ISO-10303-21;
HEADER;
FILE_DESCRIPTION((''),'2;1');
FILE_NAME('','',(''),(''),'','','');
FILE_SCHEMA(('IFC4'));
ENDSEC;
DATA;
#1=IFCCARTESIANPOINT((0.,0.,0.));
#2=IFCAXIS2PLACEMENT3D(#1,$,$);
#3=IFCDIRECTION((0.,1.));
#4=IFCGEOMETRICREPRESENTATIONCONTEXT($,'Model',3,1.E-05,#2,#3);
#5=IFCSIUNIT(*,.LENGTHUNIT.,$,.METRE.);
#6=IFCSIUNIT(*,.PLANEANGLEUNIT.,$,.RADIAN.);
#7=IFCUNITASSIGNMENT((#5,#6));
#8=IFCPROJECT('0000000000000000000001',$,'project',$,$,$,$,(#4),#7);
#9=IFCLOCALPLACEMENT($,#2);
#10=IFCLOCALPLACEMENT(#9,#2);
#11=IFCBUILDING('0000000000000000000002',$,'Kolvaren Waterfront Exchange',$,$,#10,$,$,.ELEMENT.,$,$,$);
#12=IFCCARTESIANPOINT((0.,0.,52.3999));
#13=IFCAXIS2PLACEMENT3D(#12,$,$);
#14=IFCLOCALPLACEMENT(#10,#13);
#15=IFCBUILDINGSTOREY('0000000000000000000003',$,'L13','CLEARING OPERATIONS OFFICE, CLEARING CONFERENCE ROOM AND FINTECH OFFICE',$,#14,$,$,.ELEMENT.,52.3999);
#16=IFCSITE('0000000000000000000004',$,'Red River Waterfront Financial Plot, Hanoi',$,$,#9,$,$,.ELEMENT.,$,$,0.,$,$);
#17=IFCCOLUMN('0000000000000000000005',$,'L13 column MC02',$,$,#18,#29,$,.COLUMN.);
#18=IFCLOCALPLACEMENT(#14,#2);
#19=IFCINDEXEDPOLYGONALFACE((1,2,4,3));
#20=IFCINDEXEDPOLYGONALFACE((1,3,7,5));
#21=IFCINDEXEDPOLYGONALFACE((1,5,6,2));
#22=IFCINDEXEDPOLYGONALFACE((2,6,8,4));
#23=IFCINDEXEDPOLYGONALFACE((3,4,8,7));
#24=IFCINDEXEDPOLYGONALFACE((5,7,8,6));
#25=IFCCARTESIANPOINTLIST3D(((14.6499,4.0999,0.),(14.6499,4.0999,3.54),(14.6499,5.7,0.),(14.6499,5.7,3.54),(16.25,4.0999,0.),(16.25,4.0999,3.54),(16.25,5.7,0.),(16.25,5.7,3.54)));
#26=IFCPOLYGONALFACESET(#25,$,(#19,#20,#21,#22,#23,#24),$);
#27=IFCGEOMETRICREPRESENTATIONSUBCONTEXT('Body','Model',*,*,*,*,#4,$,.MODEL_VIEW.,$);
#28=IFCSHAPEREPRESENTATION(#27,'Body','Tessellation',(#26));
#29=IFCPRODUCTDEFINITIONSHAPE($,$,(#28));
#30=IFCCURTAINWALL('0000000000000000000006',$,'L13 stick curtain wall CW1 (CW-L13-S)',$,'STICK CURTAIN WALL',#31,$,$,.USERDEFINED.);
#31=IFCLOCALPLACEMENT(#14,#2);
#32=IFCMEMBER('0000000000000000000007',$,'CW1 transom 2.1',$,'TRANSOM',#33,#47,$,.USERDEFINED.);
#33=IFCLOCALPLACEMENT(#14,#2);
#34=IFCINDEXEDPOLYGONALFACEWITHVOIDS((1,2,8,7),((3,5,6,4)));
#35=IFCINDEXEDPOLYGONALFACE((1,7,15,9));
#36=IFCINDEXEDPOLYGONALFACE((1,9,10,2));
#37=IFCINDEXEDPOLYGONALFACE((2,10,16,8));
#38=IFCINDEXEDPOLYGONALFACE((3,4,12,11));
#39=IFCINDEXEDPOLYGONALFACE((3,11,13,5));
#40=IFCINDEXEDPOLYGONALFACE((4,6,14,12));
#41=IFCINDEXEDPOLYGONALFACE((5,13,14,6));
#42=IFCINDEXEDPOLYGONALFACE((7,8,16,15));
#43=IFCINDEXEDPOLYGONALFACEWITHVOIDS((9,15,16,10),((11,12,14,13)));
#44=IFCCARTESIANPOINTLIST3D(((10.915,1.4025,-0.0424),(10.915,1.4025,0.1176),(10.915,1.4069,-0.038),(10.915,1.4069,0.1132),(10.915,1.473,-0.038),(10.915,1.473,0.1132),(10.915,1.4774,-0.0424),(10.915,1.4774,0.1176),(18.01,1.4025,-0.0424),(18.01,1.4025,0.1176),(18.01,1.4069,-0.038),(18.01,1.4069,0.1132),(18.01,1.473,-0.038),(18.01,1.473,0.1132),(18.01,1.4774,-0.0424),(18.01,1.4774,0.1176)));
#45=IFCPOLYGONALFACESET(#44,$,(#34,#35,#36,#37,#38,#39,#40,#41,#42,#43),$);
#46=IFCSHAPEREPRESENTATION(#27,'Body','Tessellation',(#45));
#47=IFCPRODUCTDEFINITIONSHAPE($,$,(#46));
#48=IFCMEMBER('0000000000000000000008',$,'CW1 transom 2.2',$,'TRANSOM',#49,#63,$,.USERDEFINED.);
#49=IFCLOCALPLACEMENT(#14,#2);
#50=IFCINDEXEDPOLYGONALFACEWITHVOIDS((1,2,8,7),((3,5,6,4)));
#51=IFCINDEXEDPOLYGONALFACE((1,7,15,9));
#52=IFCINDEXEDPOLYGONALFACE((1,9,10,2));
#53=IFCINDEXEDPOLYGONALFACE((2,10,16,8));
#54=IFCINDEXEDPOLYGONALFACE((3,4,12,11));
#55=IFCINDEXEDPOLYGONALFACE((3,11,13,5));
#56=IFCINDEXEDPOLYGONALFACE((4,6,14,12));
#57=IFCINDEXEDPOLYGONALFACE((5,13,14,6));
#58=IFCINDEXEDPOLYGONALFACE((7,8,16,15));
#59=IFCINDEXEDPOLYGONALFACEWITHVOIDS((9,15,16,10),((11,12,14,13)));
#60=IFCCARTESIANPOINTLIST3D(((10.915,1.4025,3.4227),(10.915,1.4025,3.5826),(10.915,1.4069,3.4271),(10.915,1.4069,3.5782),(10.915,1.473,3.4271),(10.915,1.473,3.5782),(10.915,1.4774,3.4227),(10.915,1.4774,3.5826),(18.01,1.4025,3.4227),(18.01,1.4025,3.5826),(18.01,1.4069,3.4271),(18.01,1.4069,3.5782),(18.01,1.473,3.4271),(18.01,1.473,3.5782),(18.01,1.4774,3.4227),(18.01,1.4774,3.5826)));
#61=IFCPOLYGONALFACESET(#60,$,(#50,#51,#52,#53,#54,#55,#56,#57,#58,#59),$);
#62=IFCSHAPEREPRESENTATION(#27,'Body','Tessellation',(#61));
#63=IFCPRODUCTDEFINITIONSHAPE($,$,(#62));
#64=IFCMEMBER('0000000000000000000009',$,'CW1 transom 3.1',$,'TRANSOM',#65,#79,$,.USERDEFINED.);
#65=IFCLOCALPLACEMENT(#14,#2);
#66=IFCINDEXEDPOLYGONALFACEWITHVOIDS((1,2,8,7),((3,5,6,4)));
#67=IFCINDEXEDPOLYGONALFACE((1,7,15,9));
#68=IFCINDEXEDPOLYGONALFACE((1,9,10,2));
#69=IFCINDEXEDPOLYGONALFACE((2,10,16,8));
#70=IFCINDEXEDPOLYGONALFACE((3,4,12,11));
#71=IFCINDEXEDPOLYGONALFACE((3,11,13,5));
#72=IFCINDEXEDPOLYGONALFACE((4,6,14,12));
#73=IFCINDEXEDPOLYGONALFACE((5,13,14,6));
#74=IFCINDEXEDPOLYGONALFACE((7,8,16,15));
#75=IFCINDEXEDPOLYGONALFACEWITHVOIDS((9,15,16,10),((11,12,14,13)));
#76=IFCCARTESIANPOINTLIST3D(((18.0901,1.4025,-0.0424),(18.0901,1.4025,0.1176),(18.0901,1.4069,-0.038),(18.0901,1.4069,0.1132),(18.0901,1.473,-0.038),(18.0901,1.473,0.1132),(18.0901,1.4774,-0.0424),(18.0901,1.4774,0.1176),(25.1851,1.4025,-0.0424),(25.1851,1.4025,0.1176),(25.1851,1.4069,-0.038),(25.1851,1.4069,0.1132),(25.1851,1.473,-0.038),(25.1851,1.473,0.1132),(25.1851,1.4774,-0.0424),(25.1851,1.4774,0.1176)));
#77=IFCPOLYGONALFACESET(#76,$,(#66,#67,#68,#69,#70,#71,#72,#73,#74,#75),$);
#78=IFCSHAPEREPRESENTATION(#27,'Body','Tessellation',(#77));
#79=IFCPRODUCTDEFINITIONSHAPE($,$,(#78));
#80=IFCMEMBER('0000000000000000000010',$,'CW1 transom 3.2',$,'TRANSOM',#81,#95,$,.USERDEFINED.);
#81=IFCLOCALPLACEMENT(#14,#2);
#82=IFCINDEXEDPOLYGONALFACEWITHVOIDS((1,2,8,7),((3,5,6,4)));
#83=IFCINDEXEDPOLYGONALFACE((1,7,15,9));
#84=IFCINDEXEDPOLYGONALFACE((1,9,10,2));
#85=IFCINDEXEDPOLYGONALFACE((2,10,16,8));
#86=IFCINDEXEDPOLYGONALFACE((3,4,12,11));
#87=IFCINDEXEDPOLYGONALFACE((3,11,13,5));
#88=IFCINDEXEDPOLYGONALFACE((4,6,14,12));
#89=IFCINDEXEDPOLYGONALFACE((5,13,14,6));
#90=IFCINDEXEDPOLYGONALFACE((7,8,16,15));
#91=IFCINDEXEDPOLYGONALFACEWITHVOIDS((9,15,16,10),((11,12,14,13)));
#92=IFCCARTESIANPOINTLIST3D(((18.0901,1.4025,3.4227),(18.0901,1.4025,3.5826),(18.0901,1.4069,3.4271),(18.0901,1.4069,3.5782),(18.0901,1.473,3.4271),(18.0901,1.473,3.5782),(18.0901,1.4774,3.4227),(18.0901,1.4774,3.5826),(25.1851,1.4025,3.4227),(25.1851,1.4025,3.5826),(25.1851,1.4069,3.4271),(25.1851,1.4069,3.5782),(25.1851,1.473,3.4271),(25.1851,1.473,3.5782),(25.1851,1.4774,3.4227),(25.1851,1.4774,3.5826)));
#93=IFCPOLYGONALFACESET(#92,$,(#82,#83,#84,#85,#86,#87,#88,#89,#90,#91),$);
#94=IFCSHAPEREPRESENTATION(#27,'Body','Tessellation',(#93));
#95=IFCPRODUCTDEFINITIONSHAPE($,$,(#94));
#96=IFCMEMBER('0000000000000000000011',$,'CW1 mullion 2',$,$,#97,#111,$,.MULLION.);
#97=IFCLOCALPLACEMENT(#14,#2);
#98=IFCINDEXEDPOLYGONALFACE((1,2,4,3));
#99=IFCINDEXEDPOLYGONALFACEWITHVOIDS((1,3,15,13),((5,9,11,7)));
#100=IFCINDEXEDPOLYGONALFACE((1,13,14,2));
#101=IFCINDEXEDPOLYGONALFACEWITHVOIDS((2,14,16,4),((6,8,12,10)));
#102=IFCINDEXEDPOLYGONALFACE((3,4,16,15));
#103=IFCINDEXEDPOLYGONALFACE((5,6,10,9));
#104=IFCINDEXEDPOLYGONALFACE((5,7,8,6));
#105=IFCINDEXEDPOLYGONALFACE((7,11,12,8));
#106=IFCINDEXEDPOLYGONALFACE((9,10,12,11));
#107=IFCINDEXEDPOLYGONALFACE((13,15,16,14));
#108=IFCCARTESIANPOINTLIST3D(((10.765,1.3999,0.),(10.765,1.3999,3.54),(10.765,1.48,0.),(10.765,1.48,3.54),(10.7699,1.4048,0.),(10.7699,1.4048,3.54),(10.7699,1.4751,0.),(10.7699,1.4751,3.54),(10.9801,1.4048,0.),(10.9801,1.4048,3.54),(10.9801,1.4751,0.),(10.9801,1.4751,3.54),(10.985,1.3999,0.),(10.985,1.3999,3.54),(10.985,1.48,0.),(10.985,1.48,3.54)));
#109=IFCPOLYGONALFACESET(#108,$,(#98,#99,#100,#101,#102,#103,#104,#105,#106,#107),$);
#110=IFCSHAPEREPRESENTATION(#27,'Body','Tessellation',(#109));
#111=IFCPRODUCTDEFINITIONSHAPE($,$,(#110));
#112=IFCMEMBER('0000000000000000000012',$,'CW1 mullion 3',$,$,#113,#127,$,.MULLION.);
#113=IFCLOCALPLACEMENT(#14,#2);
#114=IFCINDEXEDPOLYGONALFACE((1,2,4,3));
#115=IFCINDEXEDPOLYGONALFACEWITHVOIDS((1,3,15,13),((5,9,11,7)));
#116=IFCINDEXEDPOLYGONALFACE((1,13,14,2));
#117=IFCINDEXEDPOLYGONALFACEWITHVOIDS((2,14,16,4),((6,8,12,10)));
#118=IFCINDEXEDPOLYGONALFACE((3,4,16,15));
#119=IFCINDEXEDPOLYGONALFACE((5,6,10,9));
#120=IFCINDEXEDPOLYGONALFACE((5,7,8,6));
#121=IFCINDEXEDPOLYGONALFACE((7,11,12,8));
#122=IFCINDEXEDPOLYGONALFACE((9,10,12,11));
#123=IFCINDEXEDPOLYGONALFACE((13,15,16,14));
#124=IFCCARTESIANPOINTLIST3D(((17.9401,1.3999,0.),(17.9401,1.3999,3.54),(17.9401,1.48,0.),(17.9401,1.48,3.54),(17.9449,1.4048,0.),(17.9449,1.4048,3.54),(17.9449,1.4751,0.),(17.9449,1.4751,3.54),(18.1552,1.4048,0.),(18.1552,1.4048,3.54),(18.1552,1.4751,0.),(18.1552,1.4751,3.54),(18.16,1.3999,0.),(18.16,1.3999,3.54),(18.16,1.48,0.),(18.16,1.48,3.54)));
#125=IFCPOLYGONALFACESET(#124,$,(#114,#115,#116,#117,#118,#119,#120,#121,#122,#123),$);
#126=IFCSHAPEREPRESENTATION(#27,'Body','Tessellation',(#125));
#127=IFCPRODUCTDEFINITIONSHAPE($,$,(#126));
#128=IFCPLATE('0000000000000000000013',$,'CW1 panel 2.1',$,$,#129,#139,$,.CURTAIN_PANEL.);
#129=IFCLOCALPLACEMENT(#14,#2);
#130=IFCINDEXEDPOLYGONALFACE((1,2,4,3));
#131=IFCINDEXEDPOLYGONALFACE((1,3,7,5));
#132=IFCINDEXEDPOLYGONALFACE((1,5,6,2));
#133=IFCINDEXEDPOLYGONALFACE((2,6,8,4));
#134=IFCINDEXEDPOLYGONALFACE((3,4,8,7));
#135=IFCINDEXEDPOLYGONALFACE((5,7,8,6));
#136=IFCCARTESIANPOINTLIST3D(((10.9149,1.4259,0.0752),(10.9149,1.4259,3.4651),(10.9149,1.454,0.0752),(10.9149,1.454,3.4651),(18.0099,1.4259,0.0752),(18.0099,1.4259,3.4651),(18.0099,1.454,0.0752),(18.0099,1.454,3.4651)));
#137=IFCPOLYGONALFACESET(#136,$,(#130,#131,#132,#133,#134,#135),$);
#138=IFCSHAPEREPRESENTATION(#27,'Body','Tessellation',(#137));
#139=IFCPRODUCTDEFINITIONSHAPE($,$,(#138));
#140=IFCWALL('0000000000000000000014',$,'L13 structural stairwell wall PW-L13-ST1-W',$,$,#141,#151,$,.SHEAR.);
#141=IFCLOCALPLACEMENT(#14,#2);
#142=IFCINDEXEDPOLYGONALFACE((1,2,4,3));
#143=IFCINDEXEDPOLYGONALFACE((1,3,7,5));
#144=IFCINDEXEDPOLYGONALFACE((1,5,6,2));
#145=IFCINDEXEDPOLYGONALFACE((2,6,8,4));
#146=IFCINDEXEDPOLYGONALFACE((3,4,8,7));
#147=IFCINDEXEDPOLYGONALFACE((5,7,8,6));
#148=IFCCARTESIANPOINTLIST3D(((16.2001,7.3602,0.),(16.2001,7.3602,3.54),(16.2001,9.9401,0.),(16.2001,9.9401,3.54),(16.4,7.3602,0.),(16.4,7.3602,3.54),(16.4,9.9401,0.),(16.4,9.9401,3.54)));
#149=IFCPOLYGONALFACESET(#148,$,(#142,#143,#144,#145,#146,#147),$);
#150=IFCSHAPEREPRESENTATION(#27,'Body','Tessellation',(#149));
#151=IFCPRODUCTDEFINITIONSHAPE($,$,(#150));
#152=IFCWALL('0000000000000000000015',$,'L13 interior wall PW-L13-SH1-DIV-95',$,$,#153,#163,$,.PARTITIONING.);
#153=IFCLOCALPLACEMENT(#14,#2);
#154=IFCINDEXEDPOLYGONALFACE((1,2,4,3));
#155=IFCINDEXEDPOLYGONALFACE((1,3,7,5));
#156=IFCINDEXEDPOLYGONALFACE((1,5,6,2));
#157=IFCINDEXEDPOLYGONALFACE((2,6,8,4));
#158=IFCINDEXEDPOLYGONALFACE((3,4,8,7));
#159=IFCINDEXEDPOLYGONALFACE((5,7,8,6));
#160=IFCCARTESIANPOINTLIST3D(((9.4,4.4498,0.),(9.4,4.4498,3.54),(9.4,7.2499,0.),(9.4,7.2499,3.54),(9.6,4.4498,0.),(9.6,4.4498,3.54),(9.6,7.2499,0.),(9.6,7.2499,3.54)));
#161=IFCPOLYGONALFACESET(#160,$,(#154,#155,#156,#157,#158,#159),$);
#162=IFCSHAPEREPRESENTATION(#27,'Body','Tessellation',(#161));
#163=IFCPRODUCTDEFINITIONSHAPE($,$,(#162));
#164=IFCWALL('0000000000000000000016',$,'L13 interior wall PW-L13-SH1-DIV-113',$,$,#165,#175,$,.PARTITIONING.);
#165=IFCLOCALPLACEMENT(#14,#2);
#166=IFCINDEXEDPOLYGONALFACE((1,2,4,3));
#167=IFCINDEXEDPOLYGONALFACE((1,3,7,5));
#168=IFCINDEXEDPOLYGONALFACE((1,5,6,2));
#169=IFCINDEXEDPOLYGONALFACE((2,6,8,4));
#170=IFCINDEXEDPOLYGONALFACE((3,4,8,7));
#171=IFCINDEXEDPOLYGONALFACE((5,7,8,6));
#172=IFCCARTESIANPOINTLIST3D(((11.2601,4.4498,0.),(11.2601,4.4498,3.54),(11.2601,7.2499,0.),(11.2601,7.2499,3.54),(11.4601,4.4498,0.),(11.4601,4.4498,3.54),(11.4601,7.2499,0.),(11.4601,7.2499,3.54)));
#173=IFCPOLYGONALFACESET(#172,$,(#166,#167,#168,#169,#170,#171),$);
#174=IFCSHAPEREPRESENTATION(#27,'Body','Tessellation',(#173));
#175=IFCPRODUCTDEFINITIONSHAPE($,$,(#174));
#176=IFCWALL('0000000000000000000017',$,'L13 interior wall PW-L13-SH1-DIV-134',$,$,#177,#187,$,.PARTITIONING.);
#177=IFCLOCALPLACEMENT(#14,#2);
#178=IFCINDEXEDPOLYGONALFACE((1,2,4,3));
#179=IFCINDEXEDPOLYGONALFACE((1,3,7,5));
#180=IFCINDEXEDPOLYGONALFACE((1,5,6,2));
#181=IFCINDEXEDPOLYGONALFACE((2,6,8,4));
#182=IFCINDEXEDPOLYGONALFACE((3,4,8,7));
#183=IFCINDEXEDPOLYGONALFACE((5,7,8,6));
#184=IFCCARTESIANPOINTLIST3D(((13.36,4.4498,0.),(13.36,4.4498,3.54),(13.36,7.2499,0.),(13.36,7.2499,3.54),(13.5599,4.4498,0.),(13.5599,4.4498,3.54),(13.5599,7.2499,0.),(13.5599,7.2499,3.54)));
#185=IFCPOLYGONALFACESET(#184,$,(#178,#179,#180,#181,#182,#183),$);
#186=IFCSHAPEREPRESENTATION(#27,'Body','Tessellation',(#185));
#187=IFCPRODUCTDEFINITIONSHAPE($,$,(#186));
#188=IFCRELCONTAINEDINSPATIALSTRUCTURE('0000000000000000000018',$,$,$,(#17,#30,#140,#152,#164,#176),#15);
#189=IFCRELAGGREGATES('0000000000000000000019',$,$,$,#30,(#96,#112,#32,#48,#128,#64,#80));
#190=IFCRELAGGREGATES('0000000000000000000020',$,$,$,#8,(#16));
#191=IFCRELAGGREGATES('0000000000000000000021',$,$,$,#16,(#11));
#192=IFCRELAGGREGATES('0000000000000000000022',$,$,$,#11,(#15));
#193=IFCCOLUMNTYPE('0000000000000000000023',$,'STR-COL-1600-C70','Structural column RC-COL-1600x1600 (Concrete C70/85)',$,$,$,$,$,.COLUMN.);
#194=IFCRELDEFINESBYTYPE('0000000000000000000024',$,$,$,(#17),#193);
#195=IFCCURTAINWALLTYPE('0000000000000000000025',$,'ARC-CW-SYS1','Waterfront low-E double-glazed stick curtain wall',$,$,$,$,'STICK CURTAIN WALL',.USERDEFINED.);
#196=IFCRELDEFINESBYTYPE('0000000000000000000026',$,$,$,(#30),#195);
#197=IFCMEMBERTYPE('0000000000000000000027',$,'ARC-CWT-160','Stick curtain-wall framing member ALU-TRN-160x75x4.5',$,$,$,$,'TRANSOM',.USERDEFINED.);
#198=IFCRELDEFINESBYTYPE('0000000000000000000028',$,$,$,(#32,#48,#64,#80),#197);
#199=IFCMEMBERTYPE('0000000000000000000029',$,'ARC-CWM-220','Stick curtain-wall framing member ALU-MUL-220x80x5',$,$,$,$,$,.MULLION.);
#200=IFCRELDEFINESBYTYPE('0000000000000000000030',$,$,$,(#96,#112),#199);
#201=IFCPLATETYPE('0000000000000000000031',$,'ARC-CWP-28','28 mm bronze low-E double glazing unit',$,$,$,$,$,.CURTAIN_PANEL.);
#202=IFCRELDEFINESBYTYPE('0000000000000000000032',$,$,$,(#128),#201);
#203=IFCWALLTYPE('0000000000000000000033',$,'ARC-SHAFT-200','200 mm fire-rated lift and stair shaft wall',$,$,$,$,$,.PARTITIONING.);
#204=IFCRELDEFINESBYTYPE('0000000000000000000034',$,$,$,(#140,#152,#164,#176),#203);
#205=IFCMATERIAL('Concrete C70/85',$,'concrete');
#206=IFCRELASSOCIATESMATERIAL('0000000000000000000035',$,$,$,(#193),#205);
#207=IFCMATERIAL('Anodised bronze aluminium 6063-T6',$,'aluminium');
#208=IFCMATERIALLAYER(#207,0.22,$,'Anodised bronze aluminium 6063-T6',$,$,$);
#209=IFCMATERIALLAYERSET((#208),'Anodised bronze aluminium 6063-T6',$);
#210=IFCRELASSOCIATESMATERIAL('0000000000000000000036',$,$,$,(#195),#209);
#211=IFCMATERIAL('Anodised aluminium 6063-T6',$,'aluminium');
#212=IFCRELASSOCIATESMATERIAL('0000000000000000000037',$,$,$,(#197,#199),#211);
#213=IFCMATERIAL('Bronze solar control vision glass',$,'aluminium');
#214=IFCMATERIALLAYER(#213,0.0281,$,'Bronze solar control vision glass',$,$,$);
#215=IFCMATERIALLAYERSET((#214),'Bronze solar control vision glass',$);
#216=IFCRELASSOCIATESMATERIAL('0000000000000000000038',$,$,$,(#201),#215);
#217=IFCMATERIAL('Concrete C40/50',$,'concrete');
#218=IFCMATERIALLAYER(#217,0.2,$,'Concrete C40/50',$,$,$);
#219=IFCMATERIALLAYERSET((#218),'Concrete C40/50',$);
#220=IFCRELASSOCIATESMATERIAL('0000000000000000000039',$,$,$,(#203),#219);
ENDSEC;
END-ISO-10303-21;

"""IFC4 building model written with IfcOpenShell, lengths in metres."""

from ifc_helpers import new_model, si_unit, direction, frame, frame_2d, origin, origin_with_axes, origin_2d, place, context, subcontext, project, spatial, rectangle, hollow_rectangle, extrude, source, transform, mapped, material, layer, layer_set, material_profile, profile_set, type_object, element, aggregate, save


model = new_model("IFC4")

# Units and contexts
model_context = context("Model", 3, precision=1e-05, world=origin(), true_north=direction((0.0, 1.0)))
body_context = subcontext(model_context, "Body", "Model", "MODEL_VIEW")
ifc_project = project(units=[si_unit("LENGTHUNIT", "METRE"), si_unit("PLANEANGLEUNIT", "RADIAN")], contexts=[model_context])

# Site, building, storey
site_placement = place(None, origin())
site = spatial("IfcSite", under=ifc_project, at=site_placement, Name="Red River Waterfront Financial Plot, Hanoi", CompositionType="ELEMENT", RefElevation=0.0)
building_placement = place(site_placement, origin())
building = spatial("IfcBuilding", under=site, at=building_placement, Name="Kolvaren Waterfront Exchange", CompositionType="ELEMENT")
storey_placement = place(building_placement, frame((0.0, 0.0, 52.3999)))
storey = spatial("IfcBuildingStorey", under=building, at=storey_placement, Name="L13", Description="CLEARING OPERATIONS OFFICE, CLEARING CONFERENCE ROOM AND FINTECH OFFICE", CompositionType="ELEMENT", Elevation=52.3999)

# Column
ifc_material_1 = material(Name="Concrete C70/85", Category="concrete")
ifc_material_profile_1 = material_profile(ifc_material_1, rectangle(XDim=1.6001, YDim=1.6001, at=origin_2d()), Name="RC-COL-1600x1600")
ifc_profile_set_1 = profile_set([ifc_material_profile_1], Name="Concrete C70/85")
column_type = type_object("IfcColumnType", Name="STR-COL-1600-C70", Description="Structural column RC-COL-1600x1600 (Concrete C70/85)", PredefinedType="COLUMN", material=ifc_profile_set_1)
column_placement = place(storey_placement, frame((15.45, 4.8999, 0.0), z_axis=(0.0, 0.0, 1.0), x_axis=(1.0, 0.0, 0.0)))
element("IfcColumn", 1, at=column_placement, inside=storey, type_object=column_type, Name="L13 column MC02", PredefinedType="COLUMN", context=body_context, shape_type="SweptSolid", body=[
    extrude(rectangle(XDim=1.6001, YDim=1.6001, at=origin_2d()), origin(), (0.0, 0.0, 1.0), 3.54),
])

# Curtain wall, members, plate
ifc_material_2 = material(Name="Anodised bronze aluminium 6063-T6", Category="aluminium")
ifc_layer_1 = layer(ifc_material_2, 0.22, Name="Anodised bronze aluminium 6063-T6")
ifc_layer_set_1 = layer_set([ifc_layer_1], Name="Anodised bronze aluminium 6063-T6")
curtain_wall_type = type_object("IfcCurtainWallType", Name="ARC-CW-SYS1", Description="Waterfront low-E double-glazed stick curtain wall", ElementType="STICK CURTAIN WALL", PredefinedType="USERDEFINED", material=ifc_layer_set_1)
curtain_wall_placement = place(storey_placement, origin())
curtain_wall = element("IfcCurtainWall", 2, at=curtain_wall_placement, inside=storey, type_object=curtain_wall_type, Name="L13 stick curtain wall CW1 (CW-L13-S)", ObjectType="STICK CURTAIN WALL", PredefinedType="USERDEFINED")
ifc_material_3 = material(Name="Anodised aluminium 6063-T6", Category="aluminium")
ifc_material_profile_2 = material_profile(ifc_material_3, hollow_rectangle(XDim=0.075, YDim=0.1599, WallThickness=0.0044, at=origin_2d()), Name="ALU-TRN-160x75x4.5")
ifc_profile_set_2 = profile_set([ifc_material_profile_2], Name="Anodised aluminium 6063-T6")
member_type_1 = type_object("IfcMemberType", Name="ARC-CWT-160", Description="Stick curtain-wall framing member ALU-TRN-160x75x4.5", ElementType="TRANSOM", PredefinedType="USERDEFINED", material=ifc_profile_set_2)
shared_shape_1 = source(origin_with_axes(), body_context, "Body", "SweptSolid", [
    extrude(hollow_rectangle(XDim=0.075, YDim=0.1599, WallThickness=0.0044, at=origin_2d()), origin(), (0.0, 0.0, 1.0), 7.095),
])
member_1_placement = place(storey_placement, frame((10.915, 1.4399, 0.0376), z_axis=(1.0, 0.0, 0.0), x_axis=(0.0, 1.0, 0.0)))
member_1 = element("IfcMember", 3, at=member_1_placement, type_object=member_type_1, Name="CW1 transom 2.1", ObjectType="TRANSOM", PredefinedType="USERDEFINED", context=body_context, shape_type="MappedRepresentation", body=[
    mapped(shared_shape_1, transform((0.0, 0.0, 0.0), x_axis=(1.0, 0.0, 0.0), y_axis=(0.0, 1.0, 0.0), z_axis=(0.0, 0.0, 1.0), scale=1.0)),
])
member_2_placement = place(storey_placement, frame((10.915, 1.4399, 3.5027), z_axis=(1.0, 0.0, 0.0), x_axis=(0.0, 1.0, 0.0)))
member_2 = element("IfcMember", 4, at=member_2_placement, type_object=member_type_1, Name="CW1 transom 2.2", ObjectType="TRANSOM", PredefinedType="USERDEFINED", context=body_context, shape_type="MappedRepresentation", body=[
    mapped(shared_shape_1, transform((0.0, 0.0, 0.0), x_axis=(1.0, 0.0, 0.0), y_axis=(0.0, 1.0, 0.0), z_axis=(0.0, 0.0, 1.0), scale=1.0)),
])
member_3_placement = place(storey_placement, frame((18.0901, 1.4399, 0.0376), z_axis=(1.0, 0.0, 0.0), x_axis=(0.0, 1.0, 0.0)))
member_3 = element("IfcMember", 5, at=member_3_placement, type_object=member_type_1, Name="CW1 transom 3.1", ObjectType="TRANSOM", PredefinedType="USERDEFINED", context=body_context, shape_type="MappedRepresentation", body=[
    mapped(shared_shape_1, transform((0.0, 0.0, 0.0), x_axis=(1.0, 0.0, 0.0), y_axis=(0.0, 1.0, 0.0), z_axis=(0.0, 0.0, 1.0), scale=1.0)),
])
member_4_placement = place(storey_placement, frame((18.0901, 1.4399, 3.5027), z_axis=(1.0, 0.0, 0.0), x_axis=(0.0, 1.0, 0.0)))
member_4 = element("IfcMember", 6, at=member_4_placement, type_object=member_type_1, Name="CW1 transom 3.2", ObjectType="TRANSOM", PredefinedType="USERDEFINED", context=body_context, shape_type="MappedRepresentation", body=[
    mapped(shared_shape_1, transform((0.0, 0.0, 0.0), x_axis=(1.0, 0.0, 0.0), y_axis=(0.0, 1.0, 0.0), z_axis=(0.0, 0.0, 1.0), scale=1.0)),
])
ifc_material_profile_3 = material_profile(ifc_material_3, hollow_rectangle(XDim=0.0801, YDim=0.22, WallThickness=0.0049, at=origin_2d()), Name="ALU-MUL-220x80x5")
ifc_profile_set_3 = profile_set([ifc_material_profile_3], Name="Anodised aluminium 6063-T6")
member_type_2 = type_object("IfcMemberType", Name="ARC-CWM-220", Description="Stick curtain-wall framing member ALU-MUL-220x80x5", PredefinedType="MULLION", material=ifc_profile_set_3)
shared_shape_2 = source(origin_with_axes(), body_context, "Body", "SweptSolid", [
    extrude(hollow_rectangle(XDim=0.0801, YDim=0.22, WallThickness=0.0049, at=origin_2d()), origin(), (0.0, 0.0, 1.0), 3.54),
])
member_5_placement = place(storey_placement, frame((10.875, 1.4399, 0.0), z_axis=(0.0, 0.0, 1.0), x_axis=(0.0, 1.0, 0.0)))
member_5 = element("IfcMember", 7, at=member_5_placement, type_object=member_type_2, Name="CW1 mullion 2", PredefinedType="MULLION", context=body_context, shape_type="MappedRepresentation", body=[
    mapped(shared_shape_2, transform((0.0, 0.0, 0.0), x_axis=(1.0, 0.0, 0.0), y_axis=(0.0, 1.0, 0.0), z_axis=(0.0, 0.0, 1.0), scale=1.0)),
])
member_6_placement = place(storey_placement, frame((18.05, 1.4399, 0.0), z_axis=(0.0, 0.0, 1.0), x_axis=(0.0, 1.0, 0.0)))
member_6 = element("IfcMember", 8, at=member_6_placement, type_object=member_type_2, Name="CW1 mullion 3", PredefinedType="MULLION", context=body_context, shape_type="MappedRepresentation", body=[
    mapped(shared_shape_2, transform((0.0, 0.0, 0.0), x_axis=(1.0, 0.0, 0.0), y_axis=(0.0, 1.0, 0.0), z_axis=(0.0, 0.0, 1.0), scale=1.0)),
])
ifc_material_4 = material(Name="Bronze solar control vision glass", Category="aluminium")
ifc_layer_2 = layer(ifc_material_4, 0.0281, Name="Bronze solar control vision glass")
ifc_layer_set_2 = layer_set([ifc_layer_2], Name="Bronze solar control vision glass")
plate_type = type_object("IfcPlateType", Name="ARC-CWP-28", Description="28 mm bronze low-E double glazing unit", PredefinedType="CURTAIN_PANEL", material=ifc_layer_set_2)
shared_shape_3 = source(origin_with_axes(), body_context, "Body", "SweptSolid", [
    extrude(rectangle(XDim=7.095, YDim=0.0281, at=origin_2d()), origin(), (0.0, 0.0, 1.0), 3.3899),
])
plate_placement = place(storey_placement, frame((14.4624, 1.4399, 0.0752), z_axis=(0.0, 0.0, 1.0), x_axis=(1.0, 0.0, 0.0)))
plate = element("IfcPlate", 9, at=plate_placement, type_object=plate_type, Name="CW1 panel 2.1", PredefinedType="CURTAIN_PANEL", context=body_context, shape_type="MappedRepresentation", body=[
    mapped(shared_shape_3, transform((0.0, 0.0, 0.0), x_axis=(1.0, 0.0, 0.0), y_axis=(0.0, 1.0, 0.0), z_axis=(0.0, 0.0, 1.0), scale=1.0)),
])
aggregate(curtain_wall, [member_5, member_6, member_1, member_2, plate, member_3, member_4])

# Walls
ifc_material_5 = material(Name="Concrete C40/50", Category="concrete")
ifc_layer_3 = layer(ifc_material_5, 0.2, Name="Concrete C40/50")
ifc_layer_set_3 = layer_set([ifc_layer_3], Name="Concrete C40/50")
wall_type_1 = type_object("IfcWallType", Name="ARC-SHAFT-200", Description="200 mm fire-rated lift and stair shaft wall", PredefinedType="PARTITIONING", material=ifc_layer_set_3)
wall_1_placement = place(storey_placement, frame((16.3, 7.3601, 0.0), z_axis=(0.0, 0.0, 1.0), x_axis=(0.0, 1.0, 0.0)))
element("IfcWall", 10, at=wall_1_placement, inside=storey, type_object=wall_type_1, Name="L13 structural stairwell wall PW-L13-ST1-W", PredefinedType="SHEAR", context=body_context, shape_type="SweptSolid", body=[
    extrude(rectangle(XDim=2.5798, YDim=0.2, at=frame_2d((1.29, 0.0))), origin(), (0.0, 0.0, 1.0), 3.54),
])
for number, where, z_axis, x_axis, name in (
    (11, (9.5, 4.45, 0.0), (0.0, 0.0, 1.0), (0.0, 1.0, 0.0), "L13 interior wall PW-L13-SH1-DIV-95"),
    (12, (11.3601, 4.45, 0.0), (0.0, 0.0, 1.0), (0.0, 1.0, 0.0), "L13 interior wall PW-L13-SH1-DIV-113"),
    (13, (13.46, 4.45, 0.0), (0.0, 0.0, 1.0), (0.0, 1.0, 0.0), "L13 interior wall PW-L13-SH1-DIV-134"),
):
    element("IfcWall", number, at=place(storey_placement, frame(where, z_axis=z_axis, x_axis=x_axis)), inside=storey, type_object=wall_type_1, Name=name, PredefinedType="PARTITIONING", context=body_context, shape_type="SweptSolid", body=[
        extrude(rectangle(XDim=2.8, YDim=0.2, at=frame_2d((1.3999, 0.0))), origin(), (0.0, 0.0, 1.0), 3.54),
    ])

save(model, "model.ifc")
